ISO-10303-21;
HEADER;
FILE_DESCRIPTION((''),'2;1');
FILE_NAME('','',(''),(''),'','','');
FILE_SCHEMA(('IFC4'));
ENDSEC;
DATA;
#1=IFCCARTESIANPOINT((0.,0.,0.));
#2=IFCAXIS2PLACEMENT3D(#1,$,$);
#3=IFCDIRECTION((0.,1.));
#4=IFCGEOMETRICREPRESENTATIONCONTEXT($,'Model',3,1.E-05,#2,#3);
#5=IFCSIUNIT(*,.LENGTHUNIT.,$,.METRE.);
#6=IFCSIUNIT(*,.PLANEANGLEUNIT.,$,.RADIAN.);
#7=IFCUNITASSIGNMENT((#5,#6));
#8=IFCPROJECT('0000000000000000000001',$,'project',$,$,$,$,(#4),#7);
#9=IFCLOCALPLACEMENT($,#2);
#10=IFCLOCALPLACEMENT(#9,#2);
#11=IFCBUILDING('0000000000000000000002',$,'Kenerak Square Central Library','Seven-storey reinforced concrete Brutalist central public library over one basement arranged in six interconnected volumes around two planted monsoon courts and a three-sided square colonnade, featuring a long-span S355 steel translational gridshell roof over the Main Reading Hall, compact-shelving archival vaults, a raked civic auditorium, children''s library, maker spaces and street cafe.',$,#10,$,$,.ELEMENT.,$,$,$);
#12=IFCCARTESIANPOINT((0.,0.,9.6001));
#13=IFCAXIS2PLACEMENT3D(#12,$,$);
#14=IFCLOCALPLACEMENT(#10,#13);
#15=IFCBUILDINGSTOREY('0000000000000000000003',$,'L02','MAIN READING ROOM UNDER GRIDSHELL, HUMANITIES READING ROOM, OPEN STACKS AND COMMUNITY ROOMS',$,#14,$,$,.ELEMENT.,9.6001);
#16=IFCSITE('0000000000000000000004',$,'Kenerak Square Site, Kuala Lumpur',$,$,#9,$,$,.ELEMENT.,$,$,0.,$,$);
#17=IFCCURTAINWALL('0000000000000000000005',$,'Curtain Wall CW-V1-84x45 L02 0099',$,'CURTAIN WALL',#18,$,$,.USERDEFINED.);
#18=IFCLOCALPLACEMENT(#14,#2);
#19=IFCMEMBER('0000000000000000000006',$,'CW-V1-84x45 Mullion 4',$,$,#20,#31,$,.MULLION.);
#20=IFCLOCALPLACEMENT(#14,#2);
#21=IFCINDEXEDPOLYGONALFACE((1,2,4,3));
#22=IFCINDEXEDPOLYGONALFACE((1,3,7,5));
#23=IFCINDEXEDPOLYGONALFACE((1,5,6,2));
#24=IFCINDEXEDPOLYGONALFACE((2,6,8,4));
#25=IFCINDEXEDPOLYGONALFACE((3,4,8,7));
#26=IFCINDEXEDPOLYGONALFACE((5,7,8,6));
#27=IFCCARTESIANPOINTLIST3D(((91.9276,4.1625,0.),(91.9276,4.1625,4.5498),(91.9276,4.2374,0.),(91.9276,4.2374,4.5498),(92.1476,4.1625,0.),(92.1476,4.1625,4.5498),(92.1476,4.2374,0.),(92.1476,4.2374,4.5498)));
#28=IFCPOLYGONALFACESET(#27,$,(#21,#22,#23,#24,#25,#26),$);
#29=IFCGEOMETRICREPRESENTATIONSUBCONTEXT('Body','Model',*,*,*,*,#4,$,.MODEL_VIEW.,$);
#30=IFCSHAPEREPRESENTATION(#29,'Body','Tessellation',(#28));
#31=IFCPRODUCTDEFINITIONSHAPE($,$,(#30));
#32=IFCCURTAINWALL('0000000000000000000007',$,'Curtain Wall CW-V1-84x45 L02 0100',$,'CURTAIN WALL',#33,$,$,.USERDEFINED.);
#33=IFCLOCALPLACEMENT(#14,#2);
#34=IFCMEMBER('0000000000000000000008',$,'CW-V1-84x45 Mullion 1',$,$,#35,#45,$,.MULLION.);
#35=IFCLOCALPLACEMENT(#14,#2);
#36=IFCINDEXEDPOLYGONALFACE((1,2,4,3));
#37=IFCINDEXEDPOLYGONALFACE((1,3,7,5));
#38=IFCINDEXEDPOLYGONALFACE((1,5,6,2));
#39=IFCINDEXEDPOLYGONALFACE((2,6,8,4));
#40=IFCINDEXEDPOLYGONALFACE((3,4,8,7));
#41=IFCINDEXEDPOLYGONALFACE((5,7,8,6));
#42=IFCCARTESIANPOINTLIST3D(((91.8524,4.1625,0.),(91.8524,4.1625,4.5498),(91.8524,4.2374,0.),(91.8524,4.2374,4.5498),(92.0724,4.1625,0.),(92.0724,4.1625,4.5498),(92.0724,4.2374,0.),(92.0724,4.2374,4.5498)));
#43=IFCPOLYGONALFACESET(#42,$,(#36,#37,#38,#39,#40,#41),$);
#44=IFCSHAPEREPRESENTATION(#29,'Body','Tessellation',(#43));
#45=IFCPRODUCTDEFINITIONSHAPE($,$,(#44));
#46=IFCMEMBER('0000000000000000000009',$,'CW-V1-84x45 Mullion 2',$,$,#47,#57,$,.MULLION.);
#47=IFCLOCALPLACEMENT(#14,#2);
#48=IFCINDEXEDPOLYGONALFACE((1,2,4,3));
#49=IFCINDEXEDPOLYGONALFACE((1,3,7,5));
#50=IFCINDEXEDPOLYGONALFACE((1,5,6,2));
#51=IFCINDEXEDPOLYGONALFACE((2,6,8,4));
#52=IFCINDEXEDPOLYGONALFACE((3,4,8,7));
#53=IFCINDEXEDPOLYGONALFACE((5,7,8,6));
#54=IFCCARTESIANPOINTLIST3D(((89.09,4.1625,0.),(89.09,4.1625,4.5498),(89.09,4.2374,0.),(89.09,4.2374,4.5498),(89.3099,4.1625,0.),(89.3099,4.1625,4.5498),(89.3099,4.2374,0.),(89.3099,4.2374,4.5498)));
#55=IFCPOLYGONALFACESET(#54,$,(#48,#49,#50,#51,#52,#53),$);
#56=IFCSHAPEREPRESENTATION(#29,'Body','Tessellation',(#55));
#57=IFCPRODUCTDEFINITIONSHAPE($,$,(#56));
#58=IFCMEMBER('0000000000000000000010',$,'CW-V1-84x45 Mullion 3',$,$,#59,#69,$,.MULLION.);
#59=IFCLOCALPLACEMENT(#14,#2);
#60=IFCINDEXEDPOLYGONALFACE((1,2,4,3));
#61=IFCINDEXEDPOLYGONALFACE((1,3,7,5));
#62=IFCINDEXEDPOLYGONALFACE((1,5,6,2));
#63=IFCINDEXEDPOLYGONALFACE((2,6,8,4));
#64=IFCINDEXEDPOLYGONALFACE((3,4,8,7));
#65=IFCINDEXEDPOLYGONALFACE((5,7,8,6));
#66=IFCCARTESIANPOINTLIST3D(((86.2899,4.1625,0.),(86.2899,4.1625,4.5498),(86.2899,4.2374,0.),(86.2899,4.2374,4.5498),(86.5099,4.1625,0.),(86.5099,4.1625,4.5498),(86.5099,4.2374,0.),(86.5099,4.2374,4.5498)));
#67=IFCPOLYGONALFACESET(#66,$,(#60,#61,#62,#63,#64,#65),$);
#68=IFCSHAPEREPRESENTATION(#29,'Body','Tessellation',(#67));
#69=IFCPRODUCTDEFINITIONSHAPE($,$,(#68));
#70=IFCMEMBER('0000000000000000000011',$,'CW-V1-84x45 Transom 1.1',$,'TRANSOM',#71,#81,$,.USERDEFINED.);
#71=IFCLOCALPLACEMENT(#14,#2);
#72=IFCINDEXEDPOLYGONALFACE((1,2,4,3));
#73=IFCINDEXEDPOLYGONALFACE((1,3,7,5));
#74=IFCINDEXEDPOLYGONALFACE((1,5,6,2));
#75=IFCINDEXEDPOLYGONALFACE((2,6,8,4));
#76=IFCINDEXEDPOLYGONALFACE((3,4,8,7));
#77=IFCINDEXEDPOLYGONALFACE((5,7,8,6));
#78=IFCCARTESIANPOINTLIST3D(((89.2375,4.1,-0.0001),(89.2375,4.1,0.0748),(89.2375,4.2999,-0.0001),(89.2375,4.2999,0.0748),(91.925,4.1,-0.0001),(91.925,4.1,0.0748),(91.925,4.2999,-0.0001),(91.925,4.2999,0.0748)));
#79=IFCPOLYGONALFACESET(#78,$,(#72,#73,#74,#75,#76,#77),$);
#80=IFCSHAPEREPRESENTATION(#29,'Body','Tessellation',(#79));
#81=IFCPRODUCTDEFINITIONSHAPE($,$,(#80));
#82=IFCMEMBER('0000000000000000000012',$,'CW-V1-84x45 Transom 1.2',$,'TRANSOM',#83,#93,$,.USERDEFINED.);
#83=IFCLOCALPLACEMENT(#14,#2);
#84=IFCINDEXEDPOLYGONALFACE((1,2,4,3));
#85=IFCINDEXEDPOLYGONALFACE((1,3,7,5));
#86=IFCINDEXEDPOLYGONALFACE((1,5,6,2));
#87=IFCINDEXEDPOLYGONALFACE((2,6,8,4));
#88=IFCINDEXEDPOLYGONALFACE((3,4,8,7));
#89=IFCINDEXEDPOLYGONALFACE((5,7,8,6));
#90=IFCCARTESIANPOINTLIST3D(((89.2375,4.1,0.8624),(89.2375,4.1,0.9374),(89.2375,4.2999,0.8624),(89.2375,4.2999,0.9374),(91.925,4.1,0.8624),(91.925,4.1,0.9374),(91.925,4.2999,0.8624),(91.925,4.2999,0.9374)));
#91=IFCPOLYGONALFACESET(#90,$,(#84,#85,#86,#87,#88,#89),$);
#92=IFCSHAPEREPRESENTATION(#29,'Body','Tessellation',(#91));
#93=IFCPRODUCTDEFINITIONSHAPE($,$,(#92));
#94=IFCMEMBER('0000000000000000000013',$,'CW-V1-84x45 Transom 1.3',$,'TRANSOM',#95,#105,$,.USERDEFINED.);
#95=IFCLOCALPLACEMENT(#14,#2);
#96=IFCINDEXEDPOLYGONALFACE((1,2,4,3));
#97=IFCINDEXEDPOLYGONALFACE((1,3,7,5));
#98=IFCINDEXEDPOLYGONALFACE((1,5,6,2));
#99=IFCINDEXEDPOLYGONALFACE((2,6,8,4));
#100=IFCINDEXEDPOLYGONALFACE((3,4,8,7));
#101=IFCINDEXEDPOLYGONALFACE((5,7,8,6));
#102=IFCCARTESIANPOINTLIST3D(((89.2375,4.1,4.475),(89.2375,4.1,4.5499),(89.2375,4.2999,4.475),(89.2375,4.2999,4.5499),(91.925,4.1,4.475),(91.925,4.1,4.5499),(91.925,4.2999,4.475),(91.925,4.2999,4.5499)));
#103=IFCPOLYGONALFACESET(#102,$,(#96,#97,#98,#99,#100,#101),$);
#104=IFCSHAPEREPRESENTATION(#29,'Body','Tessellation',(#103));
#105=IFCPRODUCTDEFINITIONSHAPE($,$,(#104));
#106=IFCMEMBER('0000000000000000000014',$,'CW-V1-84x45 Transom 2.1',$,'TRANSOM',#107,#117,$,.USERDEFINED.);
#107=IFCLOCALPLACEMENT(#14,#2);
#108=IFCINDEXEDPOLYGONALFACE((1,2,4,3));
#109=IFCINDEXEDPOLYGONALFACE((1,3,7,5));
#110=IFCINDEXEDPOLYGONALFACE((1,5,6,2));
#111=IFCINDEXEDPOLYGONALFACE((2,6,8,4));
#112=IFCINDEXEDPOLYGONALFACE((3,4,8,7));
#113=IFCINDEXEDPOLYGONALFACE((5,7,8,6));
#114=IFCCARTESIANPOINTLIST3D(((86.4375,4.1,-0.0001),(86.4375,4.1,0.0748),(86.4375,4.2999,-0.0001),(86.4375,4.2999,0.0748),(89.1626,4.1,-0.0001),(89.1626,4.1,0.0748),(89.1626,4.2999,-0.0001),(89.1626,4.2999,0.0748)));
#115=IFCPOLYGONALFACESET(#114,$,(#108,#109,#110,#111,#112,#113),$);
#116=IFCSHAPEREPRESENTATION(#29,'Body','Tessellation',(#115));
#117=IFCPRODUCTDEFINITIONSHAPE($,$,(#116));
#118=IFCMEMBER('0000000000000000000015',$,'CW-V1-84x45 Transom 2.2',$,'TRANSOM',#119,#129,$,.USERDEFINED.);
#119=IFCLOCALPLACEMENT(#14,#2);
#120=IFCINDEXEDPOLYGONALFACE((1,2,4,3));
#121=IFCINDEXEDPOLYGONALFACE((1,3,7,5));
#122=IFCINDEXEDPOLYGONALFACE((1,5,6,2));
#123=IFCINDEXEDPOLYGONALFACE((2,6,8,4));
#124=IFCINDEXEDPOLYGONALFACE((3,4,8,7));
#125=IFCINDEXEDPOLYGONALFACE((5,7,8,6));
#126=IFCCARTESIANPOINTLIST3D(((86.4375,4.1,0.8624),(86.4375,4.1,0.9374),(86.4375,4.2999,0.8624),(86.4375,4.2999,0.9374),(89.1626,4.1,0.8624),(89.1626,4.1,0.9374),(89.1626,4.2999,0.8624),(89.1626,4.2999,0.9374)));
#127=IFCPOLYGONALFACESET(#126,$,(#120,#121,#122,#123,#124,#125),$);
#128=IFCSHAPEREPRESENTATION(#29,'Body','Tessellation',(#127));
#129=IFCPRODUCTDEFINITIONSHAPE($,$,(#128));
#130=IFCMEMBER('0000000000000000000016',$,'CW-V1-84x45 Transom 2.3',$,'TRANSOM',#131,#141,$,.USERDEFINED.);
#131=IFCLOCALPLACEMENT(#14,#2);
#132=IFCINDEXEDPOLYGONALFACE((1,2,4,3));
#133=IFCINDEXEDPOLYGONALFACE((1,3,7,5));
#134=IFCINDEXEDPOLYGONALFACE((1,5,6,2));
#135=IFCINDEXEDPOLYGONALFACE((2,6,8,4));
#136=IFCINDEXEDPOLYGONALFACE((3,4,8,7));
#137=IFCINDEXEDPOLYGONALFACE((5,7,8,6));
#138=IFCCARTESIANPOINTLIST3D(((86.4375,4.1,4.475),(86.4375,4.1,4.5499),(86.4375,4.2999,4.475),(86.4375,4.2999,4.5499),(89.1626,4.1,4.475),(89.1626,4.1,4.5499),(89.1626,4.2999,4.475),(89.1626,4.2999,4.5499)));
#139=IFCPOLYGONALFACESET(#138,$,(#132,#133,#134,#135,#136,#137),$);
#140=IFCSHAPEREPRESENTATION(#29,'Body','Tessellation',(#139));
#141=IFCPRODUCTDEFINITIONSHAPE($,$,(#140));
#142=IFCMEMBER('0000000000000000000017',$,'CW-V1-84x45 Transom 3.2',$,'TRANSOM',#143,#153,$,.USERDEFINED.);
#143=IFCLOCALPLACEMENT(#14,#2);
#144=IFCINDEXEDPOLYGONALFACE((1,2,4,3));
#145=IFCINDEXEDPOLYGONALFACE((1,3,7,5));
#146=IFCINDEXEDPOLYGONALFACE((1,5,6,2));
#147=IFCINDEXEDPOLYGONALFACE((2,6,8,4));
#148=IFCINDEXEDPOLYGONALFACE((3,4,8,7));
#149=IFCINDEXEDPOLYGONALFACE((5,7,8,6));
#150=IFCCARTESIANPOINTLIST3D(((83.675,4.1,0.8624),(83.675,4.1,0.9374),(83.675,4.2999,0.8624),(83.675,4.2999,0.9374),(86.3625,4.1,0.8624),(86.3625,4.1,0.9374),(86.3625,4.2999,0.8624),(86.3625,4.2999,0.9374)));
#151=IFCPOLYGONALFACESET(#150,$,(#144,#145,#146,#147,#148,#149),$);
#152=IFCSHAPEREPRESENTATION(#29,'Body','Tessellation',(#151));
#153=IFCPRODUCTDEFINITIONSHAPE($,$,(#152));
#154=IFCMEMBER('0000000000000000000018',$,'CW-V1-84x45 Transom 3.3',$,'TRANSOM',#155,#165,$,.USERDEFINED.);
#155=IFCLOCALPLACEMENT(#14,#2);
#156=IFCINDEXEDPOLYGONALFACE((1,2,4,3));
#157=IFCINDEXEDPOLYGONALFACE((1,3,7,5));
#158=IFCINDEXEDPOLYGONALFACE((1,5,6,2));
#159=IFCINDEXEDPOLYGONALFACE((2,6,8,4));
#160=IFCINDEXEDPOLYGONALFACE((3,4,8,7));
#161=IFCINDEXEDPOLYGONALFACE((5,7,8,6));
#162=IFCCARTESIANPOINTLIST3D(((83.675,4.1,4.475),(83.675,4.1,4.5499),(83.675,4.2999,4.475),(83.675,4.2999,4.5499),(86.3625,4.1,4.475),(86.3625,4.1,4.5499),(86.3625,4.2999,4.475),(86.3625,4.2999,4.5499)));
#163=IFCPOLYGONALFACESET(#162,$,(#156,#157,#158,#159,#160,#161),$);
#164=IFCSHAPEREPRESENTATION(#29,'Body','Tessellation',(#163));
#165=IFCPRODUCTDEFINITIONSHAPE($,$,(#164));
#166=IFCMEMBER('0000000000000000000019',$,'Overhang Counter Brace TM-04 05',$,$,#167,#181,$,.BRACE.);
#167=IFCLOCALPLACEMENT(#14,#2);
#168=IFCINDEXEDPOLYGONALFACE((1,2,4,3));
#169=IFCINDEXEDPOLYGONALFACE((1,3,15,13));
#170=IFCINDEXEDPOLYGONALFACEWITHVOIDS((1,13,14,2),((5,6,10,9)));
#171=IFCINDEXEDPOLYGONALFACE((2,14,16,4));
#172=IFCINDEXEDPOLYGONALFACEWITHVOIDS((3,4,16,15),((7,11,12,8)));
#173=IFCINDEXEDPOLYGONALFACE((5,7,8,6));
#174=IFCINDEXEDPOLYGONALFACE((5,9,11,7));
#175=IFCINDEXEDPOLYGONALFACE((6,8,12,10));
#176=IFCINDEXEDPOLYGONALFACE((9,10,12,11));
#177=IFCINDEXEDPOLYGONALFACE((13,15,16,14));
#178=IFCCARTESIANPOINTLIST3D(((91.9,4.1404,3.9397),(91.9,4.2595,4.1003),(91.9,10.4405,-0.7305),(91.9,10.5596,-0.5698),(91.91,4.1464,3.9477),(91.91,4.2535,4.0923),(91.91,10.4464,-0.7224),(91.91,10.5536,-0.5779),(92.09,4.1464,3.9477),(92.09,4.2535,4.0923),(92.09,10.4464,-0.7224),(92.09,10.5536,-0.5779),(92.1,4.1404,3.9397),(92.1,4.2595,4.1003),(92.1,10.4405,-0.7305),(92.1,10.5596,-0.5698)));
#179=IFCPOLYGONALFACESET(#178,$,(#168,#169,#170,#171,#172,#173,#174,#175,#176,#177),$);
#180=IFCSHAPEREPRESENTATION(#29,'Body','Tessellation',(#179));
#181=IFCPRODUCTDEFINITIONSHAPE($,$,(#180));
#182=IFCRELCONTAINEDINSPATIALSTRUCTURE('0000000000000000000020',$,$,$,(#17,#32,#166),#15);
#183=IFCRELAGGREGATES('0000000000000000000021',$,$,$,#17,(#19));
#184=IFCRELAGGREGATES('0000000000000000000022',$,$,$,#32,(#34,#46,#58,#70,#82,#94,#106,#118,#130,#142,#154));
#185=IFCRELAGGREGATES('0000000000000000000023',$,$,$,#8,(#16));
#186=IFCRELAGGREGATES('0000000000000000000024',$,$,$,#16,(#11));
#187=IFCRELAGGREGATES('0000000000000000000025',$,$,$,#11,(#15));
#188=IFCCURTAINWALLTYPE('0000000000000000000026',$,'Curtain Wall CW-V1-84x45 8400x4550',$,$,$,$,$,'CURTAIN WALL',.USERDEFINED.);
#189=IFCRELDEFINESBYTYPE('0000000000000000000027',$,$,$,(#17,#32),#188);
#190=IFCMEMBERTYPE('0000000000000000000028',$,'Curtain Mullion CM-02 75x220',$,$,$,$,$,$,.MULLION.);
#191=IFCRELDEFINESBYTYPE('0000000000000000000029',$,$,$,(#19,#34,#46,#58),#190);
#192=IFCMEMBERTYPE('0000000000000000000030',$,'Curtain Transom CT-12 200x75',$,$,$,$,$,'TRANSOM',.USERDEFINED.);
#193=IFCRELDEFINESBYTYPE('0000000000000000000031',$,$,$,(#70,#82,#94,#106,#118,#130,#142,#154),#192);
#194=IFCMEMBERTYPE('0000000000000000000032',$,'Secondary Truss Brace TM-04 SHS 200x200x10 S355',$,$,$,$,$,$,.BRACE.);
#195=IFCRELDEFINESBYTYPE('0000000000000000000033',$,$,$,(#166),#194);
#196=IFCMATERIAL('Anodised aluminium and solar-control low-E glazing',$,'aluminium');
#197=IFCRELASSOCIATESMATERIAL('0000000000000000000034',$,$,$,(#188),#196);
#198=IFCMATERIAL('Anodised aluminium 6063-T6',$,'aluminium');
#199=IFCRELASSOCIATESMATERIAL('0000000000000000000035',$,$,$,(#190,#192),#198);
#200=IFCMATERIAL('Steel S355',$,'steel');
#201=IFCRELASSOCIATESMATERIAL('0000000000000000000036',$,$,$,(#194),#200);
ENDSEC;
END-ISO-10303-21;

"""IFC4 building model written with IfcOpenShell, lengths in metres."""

from ifc_helpers import new_model, si_unit, direction, frame, origin, origin_2d, place, context, subcontext, project, spatial, rectangle, hollow_rectangle, extrude, material, material_profile, profile_set, type_object, element, aggregate, save


model = new_model("IFC4")

# Units and contexts
model_context = context("Model", 3, precision=1e-05, world=origin(), true_north=direction((0.0, 1.0)))
body_context = subcontext(model_context, "Body", "Model", "MODEL_VIEW")
ifc_project = project(units=[si_unit("LENGTHUNIT", "METRE"), si_unit("PLANEANGLEUNIT", "RADIAN")], contexts=[model_context])

# Site, building, storey
site_placement = place(None, origin())
site = spatial("IfcSite", under=ifc_project, at=site_placement, Name="Kenerak Square Site, Kuala Lumpur", CompositionType="ELEMENT", RefElevation=0.0)
building_placement = place(site_placement, origin())
building = spatial("IfcBuilding", under=site, at=building_placement, Name="Kenerak Square Central Library", Description="Seven-storey reinforced concrete Brutalist central public library over one basement arranged in six interconnected volumes around two planted monsoon courts and a three-sided square colonnade, featuring a long-span S355 steel translational gridshell roof over the Main Reading Hall, compact-shelving archival vaults, a raked civic auditorium, children's library, maker spaces and street cafe.", CompositionType="ELEMENT")
storey_placement = place(building_placement, frame((0.0, 0.0, 9.6001)))
storey = spatial("IfcBuildingStorey", under=building, at=storey_placement, Name="L02", Description="MAIN READING ROOM UNDER GRIDSHELL, HUMANITIES READING ROOM, OPEN STACKS AND COMMUNITY ROOMS", CompositionType="ELEMENT", Elevation=9.6001)

# Curtain wall, member
ifc_material_1 = material(Name="Anodised aluminium and solar-control low-E glazing", Category="aluminium")
curtain_wall_type = type_object("IfcCurtainWallType", Name="Curtain Wall CW-V1-84x45 8400x4550", ElementType="CURTAIN WALL", PredefinedType="USERDEFINED", material=ifc_material_1)
curtain_wall_1_placement = place(storey_placement, origin())
curtain_wall_1 = element("IfcCurtainWall", 1, at=curtain_wall_1_placement, inside=storey, type_object=curtain_wall_type, Name="Curtain Wall CW-V1-84x45 L02 0099", ObjectType="CURTAIN WALL", PredefinedType="USERDEFINED")
ifc_material_2 = material(Name="Anodised aluminium 6063-T6", Category="aluminium")
ifc_material_profile_1 = material_profile(ifc_material_2, rectangle(XDim=0.075, YDim=0.22, at=origin_2d()), Name="AL MULLION 75x220")
ifc_profile_set_1 = profile_set([ifc_material_profile_1], Name="Anodised aluminium 6063-T6")
member_type_1 = type_object("IfcMemberType", Name="Curtain Mullion CM-02 75x220", PredefinedType="MULLION", material=ifc_profile_set_1)
member_1_placement = place(storey_placement, frame((92.0376, 4.2, 0.0), z_axis=(0.0, 0.0, 1.0), x_axis=(0.0, -1.0, 0.0)))
member_1 = element("IfcMember", 2, at=member_1_placement, type_object=member_type_1, Name="CW-V1-84x45 Mullion 4", PredefinedType="MULLION", context=body_context, shape_type="SweptSolid", body=[
    extrude(rectangle(XDim=0.075, YDim=0.22, at=origin_2d()), origin(), (0.0, 0.0, 1.0), 4.5498),
])
aggregate(curtain_wall_1, [member_1])

# Curtain wall, members
curtain_wall_2_placement = place(storey_placement, origin())
curtain_wall_2 = element("IfcCurtainWall", 3, at=curtain_wall_2_placement, inside=storey, type_object=curtain_wall_type, Name="Curtain Wall CW-V1-84x45 L02 0100", ObjectType="CURTAIN WALL", PredefinedType="USERDEFINED")
member_2_placement = place(storey_placement, frame((91.9624, 4.2, 0.0), z_axis=(0.0, 0.0, 1.0), x_axis=(0.0, -1.0, 0.0)))
member_2 = element("IfcMember", 4, at=member_2_placement, type_object=member_type_1, Name="CW-V1-84x45 Mullion 1", PredefinedType="MULLION", context=body_context, shape_type="SweptSolid", body=[
    extrude(rectangle(XDim=0.075, YDim=0.22, at=origin_2d()), origin(), (0.0, 0.0, 1.0), 4.5498),
])
member_3_placement = place(storey_placement, frame((89.2, 4.2, 0.0), z_axis=(0.0, 0.0, 1.0), x_axis=(0.0, -1.0, 0.0)))
member_3 = element("IfcMember", 5, at=member_3_placement, type_object=member_type_1, Name="CW-V1-84x45 Mullion 2", PredefinedType="MULLION", context=body_context, shape_type="SweptSolid", body=[
    extrude(rectangle(XDim=0.075, YDim=0.22, at=origin_2d()), origin(), (0.0, 0.0, 1.0), 4.5498),
])
member_4_placement = place(storey_placement, frame((86.3999, 4.2, 0.0), z_axis=(0.0, 0.0, 1.0), x_axis=(0.0, -1.0, 0.0)))
member_4 = element("IfcMember", 6, at=member_4_placement, type_object=member_type_1, Name="CW-V1-84x45 Mullion 3", PredefinedType="MULLION", context=body_context, shape_type="SweptSolid", body=[
    extrude(rectangle(XDim=0.075, YDim=0.22, at=origin_2d()), origin(), (0.0, 0.0, 1.0), 4.5498),
])
ifc_material_profile_2 = material_profile(ifc_material_2, rectangle(XDim=0.2, YDim=0.075, at=origin_2d()), Name="AL TRANSOM 200x75")
ifc_profile_set_2 = profile_set([ifc_material_profile_2], Name="Anodised aluminium 6063-T6")
member_type_2 = type_object("IfcMemberType", Name="Curtain Transom CT-12 200x75", ElementType="TRANSOM", PredefinedType="USERDEFINED", material=ifc_profile_set_2)
member_5_placement = place(storey_placement, frame((91.925, 4.2, 0.0374), z_axis=(-1.0, 0.0, 0.0), x_axis=(0.0, -1.0, 0.0)))
member_5 = element("IfcMember", 7, at=member_5_placement, type_object=member_type_2, Name="CW-V1-84x45 Transom 1.1", ObjectType="TRANSOM", PredefinedType="USERDEFINED", context=body_context, shape_type="SweptSolid", body=[
    extrude(rectangle(XDim=0.2, YDim=0.075, at=origin_2d()), origin(), (0.0, 0.0, 1.0), 2.6875),
])
member_6_placement = place(storey_placement, frame((91.925, 4.2, 0.8999), z_axis=(-1.0, 0.0, 0.0), x_axis=(0.0, -1.0, 0.0)))
member_6 = element("IfcMember", 8, at=member_6_placement, type_object=member_type_2, Name="CW-V1-84x45 Transom 1.2", ObjectType="TRANSOM", PredefinedType="USERDEFINED", context=body_context, shape_type="SweptSolid", body=[
    extrude(rectangle(XDim=0.2, YDim=0.075, at=origin_2d()), origin(), (0.0, 0.0, 1.0), 2.6875),
])
member_7_placement = place(storey_placement, frame((91.925, 4.2, 4.5125), z_axis=(-1.0, 0.0, 0.0), x_axis=(0.0, -1.0, 0.0)))
member_7 = element("IfcMember", 9, at=member_7_placement, type_object=member_type_2, Name="CW-V1-84x45 Transom 1.3", ObjectType="TRANSOM", PredefinedType="USERDEFINED", context=body_context, shape_type="SweptSolid", body=[
    extrude(rectangle(XDim=0.2, YDim=0.075, at=origin_2d()), origin(), (0.0, 0.0, 1.0), 2.6875),
])
member_8_placement = place(storey_placement, frame((89.1626, 4.2, 0.0374), z_axis=(-1.0, 0.0, 0.0), x_axis=(0.0, -1.0, 0.0)))
member_8 = element("IfcMember", 10, at=member_8_placement, type_object=member_type_2, Name="CW-V1-84x45 Transom 2.1", ObjectType="TRANSOM", PredefinedType="USERDEFINED", context=body_context, shape_type="SweptSolid", body=[
    extrude(rectangle(XDim=0.2, YDim=0.075, at=origin_2d()), origin(), (0.0, 0.0, 1.0), 2.7251),
])
member_9_placement = place(storey_placement, frame((89.1626, 4.2, 0.8999), z_axis=(-1.0, 0.0, 0.0), x_axis=(0.0, -1.0, 0.0)))
member_9 = element("IfcMember", 11, at=member_9_placement, type_object=member_type_2, Name="CW-V1-84x45 Transom 2.2", ObjectType="TRANSOM", PredefinedType="USERDEFINED", context=body_context, shape_type="SweptSolid", body=[
    extrude(rectangle(XDim=0.2, YDim=0.075, at=origin_2d()), origin(), (0.0, 0.0, 1.0), 2.7251),
])
member_10_placement = place(storey_placement, frame((89.1626, 4.2, 4.5125), z_axis=(-1.0, 0.0, 0.0), x_axis=(0.0, -1.0, 0.0)))
member_10 = element("IfcMember", 12, at=member_10_placement, type_object=member_type_2, Name="CW-V1-84x45 Transom 2.3", ObjectType="TRANSOM", PredefinedType="USERDEFINED", context=body_context, shape_type="SweptSolid", body=[
    extrude(rectangle(XDim=0.2, YDim=0.075, at=origin_2d()), origin(), (0.0, 0.0, 1.0), 2.7251),
])
member_11_placement = place(storey_placement, frame((86.3625, 4.2, 0.8999), z_axis=(-1.0, 0.0, 0.0), x_axis=(0.0, -1.0, 0.0)))
member_11 = element("IfcMember", 13, at=member_11_placement, type_object=member_type_2, Name="CW-V1-84x45 Transom 3.2", ObjectType="TRANSOM", PredefinedType="USERDEFINED", context=body_context, shape_type="SweptSolid", body=[
    extrude(rectangle(XDim=0.2, YDim=0.075, at=origin_2d()), origin(), (0.0, 0.0, 1.0), 2.6875),
])
member_12_placement = place(storey_placement, frame((86.3625, 4.2, 4.5125), z_axis=(-1.0, 0.0, 0.0), x_axis=(0.0, -1.0, 0.0)))
member_12 = element("IfcMember", 14, at=member_12_placement, type_object=member_type_2, Name="CW-V1-84x45 Transom 3.3", ObjectType="TRANSOM", PredefinedType="USERDEFINED", context=body_context, shape_type="SweptSolid", body=[
    extrude(rectangle(XDim=0.2, YDim=0.075, at=origin_2d()), origin(), (0.0, 0.0, 1.0), 2.6875),
])

# Member
ifc_material_3 = material(Name="Steel S355", Category="steel")
ifc_material_profile_3 = material_profile(ifc_material_3, hollow_rectangle(XDim=0.2, YDim=0.2, WallThickness=0.01, at=origin_2d()), Name="SHS 200x200x10.0")
ifc_profile_set_3 = profile_set([ifc_material_profile_3], Name="Steel S355")
member_type_3 = type_object("IfcMemberType", Name="Secondary Truss Brace TM-04 SHS 200x200x10 S355", PredefinedType="BRACE", material=ifc_profile_set_3)
member_13_placement = place(storey_placement, frame((92.0, 4.2, 4.02), z_axis=(0.0, 0.803346, -0.595513), x_axis=(-1.0, 0.0, 0.0)))
element("IfcMember", 15, at=member_13_placement, inside=storey, type_object=member_type_3, Name="Overhang Counter Brace TM-04 05", PredefinedType="BRACE", context=body_context, shape_type="SweptSolid", body=[
    extrude(hollow_rectangle(XDim=0.2, YDim=0.2, WallThickness=0.01, at=origin_2d()), origin(), (0.0, 0.0, 1.0), 7.8423),
])

aggregate(curtain_wall_2, [member_2, member_3, member_4, member_5, member_6, member_7, member_8, member_9, member_10, member_11, member_12])

save(model, "model.ifc")
